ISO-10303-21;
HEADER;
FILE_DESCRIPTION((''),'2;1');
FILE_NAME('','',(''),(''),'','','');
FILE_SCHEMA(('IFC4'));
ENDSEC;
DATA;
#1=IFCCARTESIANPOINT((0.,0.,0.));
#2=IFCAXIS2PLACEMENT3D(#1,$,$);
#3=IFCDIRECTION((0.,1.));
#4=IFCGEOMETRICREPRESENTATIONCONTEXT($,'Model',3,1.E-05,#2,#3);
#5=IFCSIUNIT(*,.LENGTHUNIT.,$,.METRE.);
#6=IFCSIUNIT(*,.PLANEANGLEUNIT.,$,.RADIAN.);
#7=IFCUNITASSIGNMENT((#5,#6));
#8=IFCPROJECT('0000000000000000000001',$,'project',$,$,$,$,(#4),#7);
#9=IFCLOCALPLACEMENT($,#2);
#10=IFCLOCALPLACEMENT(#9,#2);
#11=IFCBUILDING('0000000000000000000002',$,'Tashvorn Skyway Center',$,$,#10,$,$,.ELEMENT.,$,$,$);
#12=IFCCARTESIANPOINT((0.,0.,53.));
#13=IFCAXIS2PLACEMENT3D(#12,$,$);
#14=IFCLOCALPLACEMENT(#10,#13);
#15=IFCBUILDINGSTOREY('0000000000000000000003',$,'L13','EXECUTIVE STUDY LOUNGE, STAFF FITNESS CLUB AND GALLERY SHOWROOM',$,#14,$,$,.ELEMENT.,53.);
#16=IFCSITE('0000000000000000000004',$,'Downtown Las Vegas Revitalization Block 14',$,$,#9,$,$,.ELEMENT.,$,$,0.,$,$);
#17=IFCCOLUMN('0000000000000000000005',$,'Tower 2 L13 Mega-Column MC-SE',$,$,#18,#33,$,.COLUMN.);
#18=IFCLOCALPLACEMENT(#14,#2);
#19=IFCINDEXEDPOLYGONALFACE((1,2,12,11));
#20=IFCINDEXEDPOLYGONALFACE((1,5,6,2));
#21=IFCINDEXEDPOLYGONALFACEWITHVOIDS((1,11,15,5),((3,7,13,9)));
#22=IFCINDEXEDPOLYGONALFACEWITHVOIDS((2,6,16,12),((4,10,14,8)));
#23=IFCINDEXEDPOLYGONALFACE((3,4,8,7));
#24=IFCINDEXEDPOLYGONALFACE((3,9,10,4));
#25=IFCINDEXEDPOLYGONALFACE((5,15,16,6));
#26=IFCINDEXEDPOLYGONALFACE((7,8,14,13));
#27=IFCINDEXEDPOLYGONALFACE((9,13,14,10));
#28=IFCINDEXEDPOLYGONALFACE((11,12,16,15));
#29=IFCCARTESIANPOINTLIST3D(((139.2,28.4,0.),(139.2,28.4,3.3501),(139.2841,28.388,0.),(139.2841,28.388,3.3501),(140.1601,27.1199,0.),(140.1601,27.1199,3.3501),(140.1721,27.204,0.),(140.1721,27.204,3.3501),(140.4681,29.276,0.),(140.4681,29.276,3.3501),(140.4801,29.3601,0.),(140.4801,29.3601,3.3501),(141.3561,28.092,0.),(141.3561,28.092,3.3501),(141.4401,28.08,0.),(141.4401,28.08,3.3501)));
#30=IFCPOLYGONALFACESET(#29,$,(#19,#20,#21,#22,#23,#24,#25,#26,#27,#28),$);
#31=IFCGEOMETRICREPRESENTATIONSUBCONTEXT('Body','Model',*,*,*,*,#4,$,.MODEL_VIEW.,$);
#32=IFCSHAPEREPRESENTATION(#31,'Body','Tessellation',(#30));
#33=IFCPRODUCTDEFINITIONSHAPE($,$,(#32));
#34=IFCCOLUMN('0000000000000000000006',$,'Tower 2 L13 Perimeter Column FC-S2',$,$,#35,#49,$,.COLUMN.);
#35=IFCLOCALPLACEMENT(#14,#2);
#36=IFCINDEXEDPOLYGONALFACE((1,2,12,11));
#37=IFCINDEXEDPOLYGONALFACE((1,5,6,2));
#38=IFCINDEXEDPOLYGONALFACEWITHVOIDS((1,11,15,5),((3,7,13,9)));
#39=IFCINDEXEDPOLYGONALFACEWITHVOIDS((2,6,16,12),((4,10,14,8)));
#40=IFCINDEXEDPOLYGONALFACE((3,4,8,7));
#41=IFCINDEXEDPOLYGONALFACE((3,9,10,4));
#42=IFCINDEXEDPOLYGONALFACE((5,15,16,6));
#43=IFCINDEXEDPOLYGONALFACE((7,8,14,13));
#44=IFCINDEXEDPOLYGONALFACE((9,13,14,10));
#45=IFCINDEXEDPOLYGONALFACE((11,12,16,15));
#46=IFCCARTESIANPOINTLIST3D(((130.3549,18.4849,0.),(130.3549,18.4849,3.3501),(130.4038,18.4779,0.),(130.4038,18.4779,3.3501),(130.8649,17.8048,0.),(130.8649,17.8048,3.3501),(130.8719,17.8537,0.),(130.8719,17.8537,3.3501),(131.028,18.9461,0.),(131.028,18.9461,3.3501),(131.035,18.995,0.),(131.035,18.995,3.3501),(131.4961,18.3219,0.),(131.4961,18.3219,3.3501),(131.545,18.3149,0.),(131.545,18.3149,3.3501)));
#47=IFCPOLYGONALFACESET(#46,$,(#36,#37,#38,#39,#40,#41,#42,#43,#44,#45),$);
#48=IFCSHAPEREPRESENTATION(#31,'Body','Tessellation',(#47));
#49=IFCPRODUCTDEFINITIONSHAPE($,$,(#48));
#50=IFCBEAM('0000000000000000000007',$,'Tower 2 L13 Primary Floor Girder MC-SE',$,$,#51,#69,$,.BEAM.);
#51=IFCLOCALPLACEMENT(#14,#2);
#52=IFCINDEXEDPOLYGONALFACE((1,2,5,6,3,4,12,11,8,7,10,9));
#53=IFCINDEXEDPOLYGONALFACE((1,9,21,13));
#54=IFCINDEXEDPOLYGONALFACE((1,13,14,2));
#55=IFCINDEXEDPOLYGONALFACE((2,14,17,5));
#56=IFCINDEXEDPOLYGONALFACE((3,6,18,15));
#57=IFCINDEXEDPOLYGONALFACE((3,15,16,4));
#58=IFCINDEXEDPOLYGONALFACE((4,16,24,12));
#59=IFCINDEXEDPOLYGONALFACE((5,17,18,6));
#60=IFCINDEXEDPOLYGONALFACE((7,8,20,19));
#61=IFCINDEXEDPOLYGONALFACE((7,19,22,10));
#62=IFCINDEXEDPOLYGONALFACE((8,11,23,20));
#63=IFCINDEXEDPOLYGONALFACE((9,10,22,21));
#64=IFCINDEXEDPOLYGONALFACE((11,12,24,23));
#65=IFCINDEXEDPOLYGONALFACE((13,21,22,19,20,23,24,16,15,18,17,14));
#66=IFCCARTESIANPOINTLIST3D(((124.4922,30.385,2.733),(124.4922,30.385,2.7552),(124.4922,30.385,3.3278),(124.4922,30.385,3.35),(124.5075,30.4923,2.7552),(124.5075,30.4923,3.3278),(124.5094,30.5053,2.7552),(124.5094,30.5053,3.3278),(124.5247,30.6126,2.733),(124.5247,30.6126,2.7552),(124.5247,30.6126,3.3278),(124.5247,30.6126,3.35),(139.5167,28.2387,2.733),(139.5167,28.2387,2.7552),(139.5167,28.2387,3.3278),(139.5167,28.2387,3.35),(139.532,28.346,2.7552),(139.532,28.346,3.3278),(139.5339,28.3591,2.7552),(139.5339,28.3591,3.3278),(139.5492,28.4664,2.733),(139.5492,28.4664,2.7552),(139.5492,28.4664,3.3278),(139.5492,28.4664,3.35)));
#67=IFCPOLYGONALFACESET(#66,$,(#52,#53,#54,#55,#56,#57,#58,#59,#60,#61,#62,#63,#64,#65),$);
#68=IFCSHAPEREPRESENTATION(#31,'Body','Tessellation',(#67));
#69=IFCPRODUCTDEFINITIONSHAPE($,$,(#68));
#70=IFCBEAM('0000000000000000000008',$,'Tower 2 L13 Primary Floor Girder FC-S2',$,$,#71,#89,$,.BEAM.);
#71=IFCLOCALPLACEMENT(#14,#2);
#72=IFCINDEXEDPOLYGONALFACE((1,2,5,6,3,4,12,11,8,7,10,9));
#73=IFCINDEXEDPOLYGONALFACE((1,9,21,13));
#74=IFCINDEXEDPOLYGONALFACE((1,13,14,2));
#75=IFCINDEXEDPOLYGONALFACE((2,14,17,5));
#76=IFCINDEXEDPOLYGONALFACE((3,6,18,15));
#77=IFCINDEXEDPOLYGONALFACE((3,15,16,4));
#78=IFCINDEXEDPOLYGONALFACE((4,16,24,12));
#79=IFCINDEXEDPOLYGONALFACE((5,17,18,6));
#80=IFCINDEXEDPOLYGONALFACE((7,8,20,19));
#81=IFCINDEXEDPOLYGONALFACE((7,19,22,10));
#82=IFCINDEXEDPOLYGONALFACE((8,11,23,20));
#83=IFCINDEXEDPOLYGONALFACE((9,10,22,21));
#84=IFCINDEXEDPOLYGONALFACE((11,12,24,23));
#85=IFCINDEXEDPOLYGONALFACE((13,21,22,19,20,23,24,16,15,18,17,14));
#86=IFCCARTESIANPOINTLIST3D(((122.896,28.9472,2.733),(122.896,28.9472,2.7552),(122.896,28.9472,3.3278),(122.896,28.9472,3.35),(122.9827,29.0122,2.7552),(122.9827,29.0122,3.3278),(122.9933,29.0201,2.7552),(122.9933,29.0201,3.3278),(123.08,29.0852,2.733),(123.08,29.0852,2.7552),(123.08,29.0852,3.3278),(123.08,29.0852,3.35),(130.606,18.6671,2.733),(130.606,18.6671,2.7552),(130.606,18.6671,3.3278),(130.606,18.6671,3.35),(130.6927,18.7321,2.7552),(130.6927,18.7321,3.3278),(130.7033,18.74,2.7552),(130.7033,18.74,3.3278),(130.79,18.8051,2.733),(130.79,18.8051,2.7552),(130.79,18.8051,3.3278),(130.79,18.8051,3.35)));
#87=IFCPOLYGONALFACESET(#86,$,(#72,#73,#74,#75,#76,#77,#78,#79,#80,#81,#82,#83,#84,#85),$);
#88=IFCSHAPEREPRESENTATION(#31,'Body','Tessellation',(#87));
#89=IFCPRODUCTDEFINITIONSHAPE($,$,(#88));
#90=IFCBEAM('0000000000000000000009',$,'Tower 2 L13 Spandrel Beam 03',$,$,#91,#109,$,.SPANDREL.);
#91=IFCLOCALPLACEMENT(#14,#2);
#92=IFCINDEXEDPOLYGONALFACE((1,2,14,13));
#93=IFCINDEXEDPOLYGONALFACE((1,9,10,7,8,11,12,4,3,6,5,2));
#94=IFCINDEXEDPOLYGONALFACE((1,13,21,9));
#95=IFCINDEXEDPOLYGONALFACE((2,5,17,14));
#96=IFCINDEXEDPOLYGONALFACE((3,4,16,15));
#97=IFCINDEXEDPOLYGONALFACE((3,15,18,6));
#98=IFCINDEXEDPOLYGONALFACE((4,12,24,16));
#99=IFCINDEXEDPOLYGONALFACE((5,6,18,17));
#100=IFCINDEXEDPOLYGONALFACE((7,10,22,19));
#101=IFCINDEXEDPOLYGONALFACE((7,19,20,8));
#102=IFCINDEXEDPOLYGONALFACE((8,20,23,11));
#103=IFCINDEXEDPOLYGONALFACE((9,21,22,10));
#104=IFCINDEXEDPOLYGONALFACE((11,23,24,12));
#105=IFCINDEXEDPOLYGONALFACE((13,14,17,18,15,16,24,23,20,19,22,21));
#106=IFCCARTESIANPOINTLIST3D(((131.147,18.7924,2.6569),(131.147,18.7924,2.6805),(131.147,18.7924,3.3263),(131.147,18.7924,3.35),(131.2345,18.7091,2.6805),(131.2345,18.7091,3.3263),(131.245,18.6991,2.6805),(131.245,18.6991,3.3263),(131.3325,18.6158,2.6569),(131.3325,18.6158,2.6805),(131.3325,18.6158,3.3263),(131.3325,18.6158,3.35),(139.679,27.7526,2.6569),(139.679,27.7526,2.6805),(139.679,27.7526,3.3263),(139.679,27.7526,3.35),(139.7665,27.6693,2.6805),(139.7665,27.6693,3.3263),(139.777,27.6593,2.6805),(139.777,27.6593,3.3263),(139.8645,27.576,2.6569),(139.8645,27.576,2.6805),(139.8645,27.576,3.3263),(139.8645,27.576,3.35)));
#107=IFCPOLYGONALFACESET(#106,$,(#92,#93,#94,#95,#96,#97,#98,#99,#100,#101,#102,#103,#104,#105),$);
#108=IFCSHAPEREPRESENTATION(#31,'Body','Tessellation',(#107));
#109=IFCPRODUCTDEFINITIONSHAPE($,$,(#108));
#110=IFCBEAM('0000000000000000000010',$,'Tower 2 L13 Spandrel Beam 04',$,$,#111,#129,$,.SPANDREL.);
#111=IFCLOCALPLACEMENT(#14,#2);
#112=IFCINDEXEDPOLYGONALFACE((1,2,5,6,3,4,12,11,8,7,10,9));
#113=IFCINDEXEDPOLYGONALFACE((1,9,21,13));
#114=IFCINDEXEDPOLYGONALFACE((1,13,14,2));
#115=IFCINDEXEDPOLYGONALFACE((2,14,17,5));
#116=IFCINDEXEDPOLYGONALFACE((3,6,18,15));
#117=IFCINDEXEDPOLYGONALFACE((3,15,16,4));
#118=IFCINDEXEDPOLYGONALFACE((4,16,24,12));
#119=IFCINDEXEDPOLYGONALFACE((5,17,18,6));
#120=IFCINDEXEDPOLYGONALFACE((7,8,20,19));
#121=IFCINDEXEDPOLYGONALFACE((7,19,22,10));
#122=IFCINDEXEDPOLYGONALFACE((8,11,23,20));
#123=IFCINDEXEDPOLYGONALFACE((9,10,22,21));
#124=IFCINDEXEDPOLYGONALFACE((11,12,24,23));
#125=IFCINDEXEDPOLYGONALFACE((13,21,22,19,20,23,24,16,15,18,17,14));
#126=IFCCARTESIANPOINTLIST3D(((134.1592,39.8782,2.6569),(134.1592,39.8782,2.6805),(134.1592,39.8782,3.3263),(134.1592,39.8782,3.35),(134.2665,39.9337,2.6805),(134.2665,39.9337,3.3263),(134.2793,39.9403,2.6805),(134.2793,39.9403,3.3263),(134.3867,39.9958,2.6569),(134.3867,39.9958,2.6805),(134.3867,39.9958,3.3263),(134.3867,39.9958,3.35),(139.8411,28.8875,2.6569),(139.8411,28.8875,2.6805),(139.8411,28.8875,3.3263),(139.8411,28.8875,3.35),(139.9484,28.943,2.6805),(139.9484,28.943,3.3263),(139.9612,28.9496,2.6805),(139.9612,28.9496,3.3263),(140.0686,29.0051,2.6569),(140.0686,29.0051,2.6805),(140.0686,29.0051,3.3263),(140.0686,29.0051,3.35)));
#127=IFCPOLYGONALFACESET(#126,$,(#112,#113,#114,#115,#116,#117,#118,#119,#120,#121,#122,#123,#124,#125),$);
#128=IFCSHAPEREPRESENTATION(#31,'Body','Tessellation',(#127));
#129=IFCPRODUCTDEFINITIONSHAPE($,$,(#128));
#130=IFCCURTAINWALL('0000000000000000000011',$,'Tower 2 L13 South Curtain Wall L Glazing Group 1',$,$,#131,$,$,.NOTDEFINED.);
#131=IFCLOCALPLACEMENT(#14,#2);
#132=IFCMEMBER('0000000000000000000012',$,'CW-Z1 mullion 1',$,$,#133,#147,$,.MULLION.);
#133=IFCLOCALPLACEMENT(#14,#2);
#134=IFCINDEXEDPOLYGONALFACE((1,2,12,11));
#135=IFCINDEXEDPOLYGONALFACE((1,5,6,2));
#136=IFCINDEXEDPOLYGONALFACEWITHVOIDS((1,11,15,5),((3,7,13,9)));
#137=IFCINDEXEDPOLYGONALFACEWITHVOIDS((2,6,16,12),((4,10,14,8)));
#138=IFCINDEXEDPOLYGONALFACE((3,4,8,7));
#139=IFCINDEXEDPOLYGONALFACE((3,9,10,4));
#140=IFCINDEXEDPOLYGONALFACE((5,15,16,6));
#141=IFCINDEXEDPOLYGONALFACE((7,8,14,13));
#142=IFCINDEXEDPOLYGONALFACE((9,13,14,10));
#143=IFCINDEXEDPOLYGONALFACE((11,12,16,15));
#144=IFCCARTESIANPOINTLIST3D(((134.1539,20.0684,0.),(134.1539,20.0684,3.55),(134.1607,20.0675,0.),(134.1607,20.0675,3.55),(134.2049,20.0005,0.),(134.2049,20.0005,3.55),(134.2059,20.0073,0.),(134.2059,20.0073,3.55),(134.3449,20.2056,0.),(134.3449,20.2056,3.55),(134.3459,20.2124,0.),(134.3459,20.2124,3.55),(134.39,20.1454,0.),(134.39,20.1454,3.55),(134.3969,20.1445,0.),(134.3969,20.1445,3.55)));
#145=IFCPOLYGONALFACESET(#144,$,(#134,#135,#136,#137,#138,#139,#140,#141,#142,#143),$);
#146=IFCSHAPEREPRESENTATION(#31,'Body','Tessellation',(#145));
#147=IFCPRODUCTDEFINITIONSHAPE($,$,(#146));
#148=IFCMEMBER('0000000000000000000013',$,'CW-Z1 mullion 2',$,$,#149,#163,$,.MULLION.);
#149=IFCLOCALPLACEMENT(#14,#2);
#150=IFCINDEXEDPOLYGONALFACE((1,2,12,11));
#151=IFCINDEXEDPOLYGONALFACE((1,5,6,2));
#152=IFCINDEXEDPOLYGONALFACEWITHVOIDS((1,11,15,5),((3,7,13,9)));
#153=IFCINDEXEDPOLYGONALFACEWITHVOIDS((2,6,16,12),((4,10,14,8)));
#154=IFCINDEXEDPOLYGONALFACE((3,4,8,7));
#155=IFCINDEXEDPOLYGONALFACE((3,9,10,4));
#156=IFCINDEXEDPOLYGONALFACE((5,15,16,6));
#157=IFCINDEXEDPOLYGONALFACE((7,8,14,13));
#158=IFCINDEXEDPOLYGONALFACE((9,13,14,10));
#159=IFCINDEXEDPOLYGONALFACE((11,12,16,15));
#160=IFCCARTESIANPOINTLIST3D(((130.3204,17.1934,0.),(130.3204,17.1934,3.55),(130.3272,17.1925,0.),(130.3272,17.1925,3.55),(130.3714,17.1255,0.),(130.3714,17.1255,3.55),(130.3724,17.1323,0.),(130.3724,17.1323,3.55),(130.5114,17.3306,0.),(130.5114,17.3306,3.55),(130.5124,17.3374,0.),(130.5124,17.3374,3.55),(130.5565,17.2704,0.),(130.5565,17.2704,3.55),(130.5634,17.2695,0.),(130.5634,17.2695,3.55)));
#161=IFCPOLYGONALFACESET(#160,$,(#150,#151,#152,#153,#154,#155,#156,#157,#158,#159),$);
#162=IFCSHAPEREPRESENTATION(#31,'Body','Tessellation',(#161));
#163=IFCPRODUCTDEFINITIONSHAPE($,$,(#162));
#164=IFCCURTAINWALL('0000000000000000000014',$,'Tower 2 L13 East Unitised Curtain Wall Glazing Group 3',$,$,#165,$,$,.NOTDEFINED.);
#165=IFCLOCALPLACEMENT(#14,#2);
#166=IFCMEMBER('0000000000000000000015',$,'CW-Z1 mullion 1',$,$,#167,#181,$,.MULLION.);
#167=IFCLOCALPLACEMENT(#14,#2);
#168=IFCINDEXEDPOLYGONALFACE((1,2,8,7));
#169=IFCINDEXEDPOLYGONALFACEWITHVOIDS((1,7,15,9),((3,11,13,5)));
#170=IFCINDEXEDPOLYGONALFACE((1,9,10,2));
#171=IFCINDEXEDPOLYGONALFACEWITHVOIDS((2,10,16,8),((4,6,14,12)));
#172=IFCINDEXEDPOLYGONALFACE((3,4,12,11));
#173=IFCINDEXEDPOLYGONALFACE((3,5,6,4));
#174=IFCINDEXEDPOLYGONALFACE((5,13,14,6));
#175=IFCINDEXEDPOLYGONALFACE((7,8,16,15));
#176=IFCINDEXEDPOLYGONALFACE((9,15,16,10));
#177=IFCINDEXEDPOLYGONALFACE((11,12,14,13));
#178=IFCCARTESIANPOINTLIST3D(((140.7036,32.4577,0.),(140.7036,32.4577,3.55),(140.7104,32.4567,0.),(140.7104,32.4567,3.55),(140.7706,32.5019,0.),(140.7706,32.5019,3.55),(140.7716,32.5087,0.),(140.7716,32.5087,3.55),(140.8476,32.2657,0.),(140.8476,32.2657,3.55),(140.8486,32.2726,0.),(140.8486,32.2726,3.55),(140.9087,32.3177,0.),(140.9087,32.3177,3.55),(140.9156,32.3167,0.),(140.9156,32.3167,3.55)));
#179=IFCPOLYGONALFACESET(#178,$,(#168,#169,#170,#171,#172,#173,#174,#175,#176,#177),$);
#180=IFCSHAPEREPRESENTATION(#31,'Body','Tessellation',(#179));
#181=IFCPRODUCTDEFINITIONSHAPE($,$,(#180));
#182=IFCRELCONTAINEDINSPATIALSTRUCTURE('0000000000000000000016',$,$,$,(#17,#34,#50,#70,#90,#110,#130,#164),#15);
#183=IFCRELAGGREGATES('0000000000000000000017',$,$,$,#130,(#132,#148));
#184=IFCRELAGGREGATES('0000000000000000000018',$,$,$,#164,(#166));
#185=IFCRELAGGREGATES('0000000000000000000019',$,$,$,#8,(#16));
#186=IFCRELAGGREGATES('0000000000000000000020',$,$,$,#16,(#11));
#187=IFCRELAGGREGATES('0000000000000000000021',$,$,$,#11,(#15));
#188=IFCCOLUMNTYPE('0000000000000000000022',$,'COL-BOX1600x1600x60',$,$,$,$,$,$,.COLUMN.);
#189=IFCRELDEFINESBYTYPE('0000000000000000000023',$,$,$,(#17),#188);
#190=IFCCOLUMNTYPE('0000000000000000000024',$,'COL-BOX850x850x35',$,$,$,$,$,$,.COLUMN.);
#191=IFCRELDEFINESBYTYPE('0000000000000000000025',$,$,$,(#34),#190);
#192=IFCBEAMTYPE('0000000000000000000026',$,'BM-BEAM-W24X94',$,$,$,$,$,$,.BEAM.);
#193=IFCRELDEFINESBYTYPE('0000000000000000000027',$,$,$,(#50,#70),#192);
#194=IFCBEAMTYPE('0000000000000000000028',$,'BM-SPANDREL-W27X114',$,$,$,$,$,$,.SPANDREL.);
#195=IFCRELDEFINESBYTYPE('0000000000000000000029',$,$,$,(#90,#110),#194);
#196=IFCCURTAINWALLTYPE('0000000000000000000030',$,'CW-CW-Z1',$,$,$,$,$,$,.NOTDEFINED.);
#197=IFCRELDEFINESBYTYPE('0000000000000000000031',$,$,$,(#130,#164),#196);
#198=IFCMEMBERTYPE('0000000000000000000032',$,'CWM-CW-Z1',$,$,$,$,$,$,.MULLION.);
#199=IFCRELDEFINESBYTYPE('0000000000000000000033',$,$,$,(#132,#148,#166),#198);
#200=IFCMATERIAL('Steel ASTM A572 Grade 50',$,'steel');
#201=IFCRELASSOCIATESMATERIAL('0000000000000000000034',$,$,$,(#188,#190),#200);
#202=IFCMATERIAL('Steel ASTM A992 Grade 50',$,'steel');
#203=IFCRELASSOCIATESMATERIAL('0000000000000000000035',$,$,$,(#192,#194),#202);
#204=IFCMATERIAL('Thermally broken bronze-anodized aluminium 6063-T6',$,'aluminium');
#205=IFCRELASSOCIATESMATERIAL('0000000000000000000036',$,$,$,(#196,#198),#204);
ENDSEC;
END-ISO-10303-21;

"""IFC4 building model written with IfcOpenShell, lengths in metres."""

from ifc_helpers import new_model, si_unit, direction, frame, origin, origin_2d, place, context, subcontext, project, spatial, hollow_rectangle, i_section, extrude, material, material_profile, profile_set, type_object, element, aggregate, save


model = new_model("IFC4")

# Units and contexts
model_context = context("Model", 3, precision=1e-05, world=origin(), true_north=direction((0.0, 1.0)))
body_context = subcontext(model_context, "Body", "Model", "MODEL_VIEW")
ifc_project = project(units=[si_unit("LENGTHUNIT", "METRE"), si_unit("PLANEANGLEUNIT", "RADIAN")], contexts=[model_context])

# Site, building, storey
site_placement = place(None, origin())
site = spatial("IfcSite", under=ifc_project, at=site_placement, Name="Downtown Las Vegas Revitalization Block 14", CompositionType="ELEMENT", RefElevation=0.0)
building_placement = place(site_placement, origin())
building = spatial("IfcBuilding", under=site, at=building_placement, Name="Tashvorn Skyway Center", CompositionType="ELEMENT")
storey_placement = place(building_placement, frame((0.0, 0.0, 53.0)))
storey = spatial("IfcBuildingStorey", under=building, at=storey_placement, Name="L13", Description="EXECUTIVE STUDY LOUNGE, STAFF FITNESS CLUB AND GALLERY SHOWROOM", CompositionType="ELEMENT", Elevation=53.0)

# Columns
ifc_material_1 = material(Name="Steel ASTM A572 Grade 50", Category="steel")
ifc_material_profile_1 = material_profile(ifc_material_1, hollow_rectangle(XDim=1.6001, YDim=1.6001, WallThickness=0.0601, at=origin_2d()), Name="BOX1600x1600x60")
ifc_profile_set_1 = profile_set([ifc_material_profile_1], Name="Steel ASTM A572 Grade 50")
column_type_1 = type_object("IfcColumnType", Name="COL-BOX1600x1600x60", PredefinedType="COLUMN", material=ifc_profile_set_1)
column_1_placement = place(storey_placement, frame((140.3201, 28.24, 0.0), z_axis=(0.0, 0.0, 1.0), x_axis=(0.8, 0.6, 0.0)))
element("IfcColumn", 1, at=column_1_placement, inside=storey, type_object=column_type_1, Name="Tower 2 L13 Mega-Column MC-SE", PredefinedType="COLUMN", context=body_context, shape_type="SweptSolid", body=[
    extrude(hollow_rectangle(XDim=1.6001, YDim=1.6001, WallThickness=0.0601, at=origin_2d()), origin(), (0.0, 0.0, 1.0), 3.3501),
])
ifc_material_profile_2 = material_profile(ifc_material_1, hollow_rectangle(XDim=0.8501, YDim=0.8501, WallThickness=0.0349, at=origin_2d()), Name="BOX850x850x35")
ifc_profile_set_2 = profile_set([ifc_material_profile_2], Name="Steel ASTM A572 Grade 50")
column_type_2 = type_object("IfcColumnType", Name="COL-BOX850x850x35", PredefinedType="COLUMN", material=ifc_profile_set_2)
column_2_placement = place(storey_placement, frame((130.95, 18.3999, 0.0), z_axis=(0.0, 0.0, 1.0), x_axis=(0.8, 0.6, 0.0)))
element("IfcColumn", 2, at=column_2_placement, inside=storey, type_object=column_type_2, Name="Tower 2 L13 Perimeter Column FC-S2", PredefinedType="COLUMN", context=body_context, shape_type="SweptSolid", body=[
    extrude(hollow_rectangle(XDim=0.8501, YDim=0.8501, WallThickness=0.0349, at=origin_2d()), origin(), (0.0, 0.0, 1.0), 3.3501),
])

# Beams
ifc_material_2 = material(Name="Steel ASTM A992 Grade 50", Category="steel")
ifc_material_profile_3 = material_profile(ifc_material_2, i_section(OverallWidth=0.23, OverallDepth=0.6169, WebThickness=0.0132, FlangeThickness=0.0222, at=origin_2d()), Name="W24X94")
ifc_profile_set_3 = profile_set([ifc_material_profile_3], Name="Steel ASTM A992 Grade 50")
beam_type_1 = type_object("IfcBeamType", Name="BM-BEAM-W24X94", PredefinedType="BEAM", material=ifc_profile_set_3)
beam_1_placement = place(storey_placement, frame((139.533, 28.3525, 3.0415), z_axis=(-0.98995, 0.141415, 0.0), x_axis=(-0.141415, -0.98995, 0.0)))
element("IfcBeam", 3, at=beam_1_placement, inside=storey, type_object=beam_type_1, Name="Tower 2 L13 Primary Floor Girder MC-SE", PredefinedType="BEAM", context=body_context, shape_type="SweptSolid", body=[
    extrude(i_section(OverallWidth=0.23, OverallDepth=0.6169, WebThickness=0.0132, FlangeThickness=0.0222, at=origin_2d()), origin(), (0.0, 0.0, 1.0), 15.177),
])
beam_2_placement = place(storey_placement, frame((130.698, 18.7361, 3.0415), z_axis=(-0.599997, 0.800002, 0.0), x_axis=(-0.800002, -0.599997, 0.0)))
element("IfcBeam", 4, at=beam_2_placement, inside=storey, type_object=beam_type_1, Name="Tower 2 L13 Primary Floor Girder FC-S2", PredefinedType="BEAM", context=body_context, shape_type="SweptSolid", body=[
    extrude(i_section(OverallWidth=0.23, OverallDepth=0.6169, WebThickness=0.0132, FlangeThickness=0.0222, at=origin_2d()), origin(), (0.0, 0.0, 1.0), 12.8501),
])
ifc_material_profile_4 = material_profile(ifc_material_2, i_section(OverallWidth=0.2561, OverallDepth=0.6931, WebThickness=0.0144, FlangeThickness=0.0237, at=origin_2d()), Name="W27X114")
ifc_profile_set_4 = profile_set([ifc_material_profile_4], Name="Steel ASTM A992 Grade 50")
beam_type_2 = type_object("IfcBeamType", Name="BM-SPANDREL-W27X114", PredefinedType="SPANDREL", material=ifc_profile_set_4)
for number, where, z_axis, x_axis, name in (
    (5, (131.2397, 18.7041, 3.0034), (0.68959, 0.7242, 0.0), (-0.7242, 0.68959, 0.0), "Tower 2 L13 Spandrel Beam 03"),
    (6, (139.9548, 28.9463, 3.0034), (-0.459233, 0.888316, 0.0), (-0.888316, -0.459233, 0.0), "Tower 2 L13 Spandrel Beam 04"),
):
    element("IfcBeam", number, at=place(storey_placement, frame(where, z_axis=z_axis, x_axis=x_axis)), inside=storey, type_object=beam_type_2, Name=name, PredefinedType="SPANDREL", context=body_context, shape_type="SweptSolid", body=[
        extrude(i_section(OverallWidth=0.2561, OverallDepth=0.6931, WebThickness=0.0144, FlangeThickness=0.0237, at=origin_2d()), origin(), (0.0, 0.0, 1.0), 12.3726),
    ])

# Curtain walls, members
ifc_material_3 = material(Name="Thermally broken bronze-anodized aluminium 6063-T6", Category="aluminium")
curtain_wall_type = type_object("IfcCurtainWallType", Name="CW-CW-Z1", PredefinedType="NOTDEFINED", material=ifc_material_3)
curtain_wall_1_placement = place(storey_placement, origin())
curtain_wall_1 = element("IfcCurtainWall", 7, at=curtain_wall_1_placement, inside=storey, type_object=curtain_wall_type, Name="Tower 2 L13 South Curtain Wall L Glazing Group 1", PredefinedType="NOTDEFINED")
ifc_material_profile_5 = material_profile(ifc_material_3, hollow_rectangle(XDim=0.085, YDim=0.24, WallThickness=0.0049, at=origin_2d()), Name="ALU-MULL-85x240")
ifc_profile_set_5 = profile_set([ifc_material_profile_5], Name="Thermally broken bronze-anodized aluminium 6063-T6")
member_type_1 = type_object("IfcMemberType", Name="CWM-CW-Z1", PredefinedType="MULLION", material=ifc_profile_set_5)
member_1_placement = place(storey_placement, frame((134.2754, 20.1064, 0.0), z_axis=(0.0, 0.0, 1.0), x_axis=(0.600003, -0.799998, 0.0)))
member_1 = element("IfcMember", 8, at=member_1_placement, type_object=member_type_1, Name="CW-Z1 mullion 1", PredefinedType="MULLION", context=body_context, shape_type="SweptSolid", body=[
    extrude(hollow_rectangle(XDim=0.085, YDim=0.24, WallThickness=0.0049, at=origin_2d()), origin(), (0.0, 0.0, 1.0), 3.55),
])
member_2_placement = place(storey_placement, frame((130.4419, 17.2314, 0.0), z_axis=(0.0, 0.0, 1.0), x_axis=(0.600003, -0.799998, 0.0)))
member_2 = element("IfcMember", 9, at=member_2_placement, type_object=member_type_1, Name="CW-Z1 mullion 2", PredefinedType="MULLION", context=body_context, shape_type="SweptSolid", body=[
    extrude(hollow_rectangle(XDim=0.085, YDim=0.24, WallThickness=0.0049, at=origin_2d()), origin(), (0.0, 0.0, 1.0), 3.55),
])
curtain_wall_2_placement = place(storey_placement, origin())
curtain_wall_2 = element("IfcCurtainWall", 10, at=curtain_wall_2_placement, inside=storey, type_object=curtain_wall_type, Name="Tower 2 L13 East Unitised Curtain Wall Glazing Group 3", PredefinedType="NOTDEFINED")
member_3_placement = place(storey_placement, frame((140.8096, 32.3872, 0.0), z_axis=(0.0, 0.0, 1.0), x_axis=(0.799996, 0.600005, 0.0)))
member_3 = element("IfcMember", 11, at=member_3_placement, type_object=member_type_1, Name="CW-Z1 mullion 1", PredefinedType="MULLION", context=body_context, shape_type="SweptSolid", body=[
    extrude(hollow_rectangle(XDim=0.085, YDim=0.24, WallThickness=0.0049, at=origin_2d()), origin(), (0.0, 0.0, 1.0), 3.55),
])

aggregate(curtain_wall_1, [member_1, member_2])
aggregate(curtain_wall_2, [member_3])

save(model, "model.ifc")
